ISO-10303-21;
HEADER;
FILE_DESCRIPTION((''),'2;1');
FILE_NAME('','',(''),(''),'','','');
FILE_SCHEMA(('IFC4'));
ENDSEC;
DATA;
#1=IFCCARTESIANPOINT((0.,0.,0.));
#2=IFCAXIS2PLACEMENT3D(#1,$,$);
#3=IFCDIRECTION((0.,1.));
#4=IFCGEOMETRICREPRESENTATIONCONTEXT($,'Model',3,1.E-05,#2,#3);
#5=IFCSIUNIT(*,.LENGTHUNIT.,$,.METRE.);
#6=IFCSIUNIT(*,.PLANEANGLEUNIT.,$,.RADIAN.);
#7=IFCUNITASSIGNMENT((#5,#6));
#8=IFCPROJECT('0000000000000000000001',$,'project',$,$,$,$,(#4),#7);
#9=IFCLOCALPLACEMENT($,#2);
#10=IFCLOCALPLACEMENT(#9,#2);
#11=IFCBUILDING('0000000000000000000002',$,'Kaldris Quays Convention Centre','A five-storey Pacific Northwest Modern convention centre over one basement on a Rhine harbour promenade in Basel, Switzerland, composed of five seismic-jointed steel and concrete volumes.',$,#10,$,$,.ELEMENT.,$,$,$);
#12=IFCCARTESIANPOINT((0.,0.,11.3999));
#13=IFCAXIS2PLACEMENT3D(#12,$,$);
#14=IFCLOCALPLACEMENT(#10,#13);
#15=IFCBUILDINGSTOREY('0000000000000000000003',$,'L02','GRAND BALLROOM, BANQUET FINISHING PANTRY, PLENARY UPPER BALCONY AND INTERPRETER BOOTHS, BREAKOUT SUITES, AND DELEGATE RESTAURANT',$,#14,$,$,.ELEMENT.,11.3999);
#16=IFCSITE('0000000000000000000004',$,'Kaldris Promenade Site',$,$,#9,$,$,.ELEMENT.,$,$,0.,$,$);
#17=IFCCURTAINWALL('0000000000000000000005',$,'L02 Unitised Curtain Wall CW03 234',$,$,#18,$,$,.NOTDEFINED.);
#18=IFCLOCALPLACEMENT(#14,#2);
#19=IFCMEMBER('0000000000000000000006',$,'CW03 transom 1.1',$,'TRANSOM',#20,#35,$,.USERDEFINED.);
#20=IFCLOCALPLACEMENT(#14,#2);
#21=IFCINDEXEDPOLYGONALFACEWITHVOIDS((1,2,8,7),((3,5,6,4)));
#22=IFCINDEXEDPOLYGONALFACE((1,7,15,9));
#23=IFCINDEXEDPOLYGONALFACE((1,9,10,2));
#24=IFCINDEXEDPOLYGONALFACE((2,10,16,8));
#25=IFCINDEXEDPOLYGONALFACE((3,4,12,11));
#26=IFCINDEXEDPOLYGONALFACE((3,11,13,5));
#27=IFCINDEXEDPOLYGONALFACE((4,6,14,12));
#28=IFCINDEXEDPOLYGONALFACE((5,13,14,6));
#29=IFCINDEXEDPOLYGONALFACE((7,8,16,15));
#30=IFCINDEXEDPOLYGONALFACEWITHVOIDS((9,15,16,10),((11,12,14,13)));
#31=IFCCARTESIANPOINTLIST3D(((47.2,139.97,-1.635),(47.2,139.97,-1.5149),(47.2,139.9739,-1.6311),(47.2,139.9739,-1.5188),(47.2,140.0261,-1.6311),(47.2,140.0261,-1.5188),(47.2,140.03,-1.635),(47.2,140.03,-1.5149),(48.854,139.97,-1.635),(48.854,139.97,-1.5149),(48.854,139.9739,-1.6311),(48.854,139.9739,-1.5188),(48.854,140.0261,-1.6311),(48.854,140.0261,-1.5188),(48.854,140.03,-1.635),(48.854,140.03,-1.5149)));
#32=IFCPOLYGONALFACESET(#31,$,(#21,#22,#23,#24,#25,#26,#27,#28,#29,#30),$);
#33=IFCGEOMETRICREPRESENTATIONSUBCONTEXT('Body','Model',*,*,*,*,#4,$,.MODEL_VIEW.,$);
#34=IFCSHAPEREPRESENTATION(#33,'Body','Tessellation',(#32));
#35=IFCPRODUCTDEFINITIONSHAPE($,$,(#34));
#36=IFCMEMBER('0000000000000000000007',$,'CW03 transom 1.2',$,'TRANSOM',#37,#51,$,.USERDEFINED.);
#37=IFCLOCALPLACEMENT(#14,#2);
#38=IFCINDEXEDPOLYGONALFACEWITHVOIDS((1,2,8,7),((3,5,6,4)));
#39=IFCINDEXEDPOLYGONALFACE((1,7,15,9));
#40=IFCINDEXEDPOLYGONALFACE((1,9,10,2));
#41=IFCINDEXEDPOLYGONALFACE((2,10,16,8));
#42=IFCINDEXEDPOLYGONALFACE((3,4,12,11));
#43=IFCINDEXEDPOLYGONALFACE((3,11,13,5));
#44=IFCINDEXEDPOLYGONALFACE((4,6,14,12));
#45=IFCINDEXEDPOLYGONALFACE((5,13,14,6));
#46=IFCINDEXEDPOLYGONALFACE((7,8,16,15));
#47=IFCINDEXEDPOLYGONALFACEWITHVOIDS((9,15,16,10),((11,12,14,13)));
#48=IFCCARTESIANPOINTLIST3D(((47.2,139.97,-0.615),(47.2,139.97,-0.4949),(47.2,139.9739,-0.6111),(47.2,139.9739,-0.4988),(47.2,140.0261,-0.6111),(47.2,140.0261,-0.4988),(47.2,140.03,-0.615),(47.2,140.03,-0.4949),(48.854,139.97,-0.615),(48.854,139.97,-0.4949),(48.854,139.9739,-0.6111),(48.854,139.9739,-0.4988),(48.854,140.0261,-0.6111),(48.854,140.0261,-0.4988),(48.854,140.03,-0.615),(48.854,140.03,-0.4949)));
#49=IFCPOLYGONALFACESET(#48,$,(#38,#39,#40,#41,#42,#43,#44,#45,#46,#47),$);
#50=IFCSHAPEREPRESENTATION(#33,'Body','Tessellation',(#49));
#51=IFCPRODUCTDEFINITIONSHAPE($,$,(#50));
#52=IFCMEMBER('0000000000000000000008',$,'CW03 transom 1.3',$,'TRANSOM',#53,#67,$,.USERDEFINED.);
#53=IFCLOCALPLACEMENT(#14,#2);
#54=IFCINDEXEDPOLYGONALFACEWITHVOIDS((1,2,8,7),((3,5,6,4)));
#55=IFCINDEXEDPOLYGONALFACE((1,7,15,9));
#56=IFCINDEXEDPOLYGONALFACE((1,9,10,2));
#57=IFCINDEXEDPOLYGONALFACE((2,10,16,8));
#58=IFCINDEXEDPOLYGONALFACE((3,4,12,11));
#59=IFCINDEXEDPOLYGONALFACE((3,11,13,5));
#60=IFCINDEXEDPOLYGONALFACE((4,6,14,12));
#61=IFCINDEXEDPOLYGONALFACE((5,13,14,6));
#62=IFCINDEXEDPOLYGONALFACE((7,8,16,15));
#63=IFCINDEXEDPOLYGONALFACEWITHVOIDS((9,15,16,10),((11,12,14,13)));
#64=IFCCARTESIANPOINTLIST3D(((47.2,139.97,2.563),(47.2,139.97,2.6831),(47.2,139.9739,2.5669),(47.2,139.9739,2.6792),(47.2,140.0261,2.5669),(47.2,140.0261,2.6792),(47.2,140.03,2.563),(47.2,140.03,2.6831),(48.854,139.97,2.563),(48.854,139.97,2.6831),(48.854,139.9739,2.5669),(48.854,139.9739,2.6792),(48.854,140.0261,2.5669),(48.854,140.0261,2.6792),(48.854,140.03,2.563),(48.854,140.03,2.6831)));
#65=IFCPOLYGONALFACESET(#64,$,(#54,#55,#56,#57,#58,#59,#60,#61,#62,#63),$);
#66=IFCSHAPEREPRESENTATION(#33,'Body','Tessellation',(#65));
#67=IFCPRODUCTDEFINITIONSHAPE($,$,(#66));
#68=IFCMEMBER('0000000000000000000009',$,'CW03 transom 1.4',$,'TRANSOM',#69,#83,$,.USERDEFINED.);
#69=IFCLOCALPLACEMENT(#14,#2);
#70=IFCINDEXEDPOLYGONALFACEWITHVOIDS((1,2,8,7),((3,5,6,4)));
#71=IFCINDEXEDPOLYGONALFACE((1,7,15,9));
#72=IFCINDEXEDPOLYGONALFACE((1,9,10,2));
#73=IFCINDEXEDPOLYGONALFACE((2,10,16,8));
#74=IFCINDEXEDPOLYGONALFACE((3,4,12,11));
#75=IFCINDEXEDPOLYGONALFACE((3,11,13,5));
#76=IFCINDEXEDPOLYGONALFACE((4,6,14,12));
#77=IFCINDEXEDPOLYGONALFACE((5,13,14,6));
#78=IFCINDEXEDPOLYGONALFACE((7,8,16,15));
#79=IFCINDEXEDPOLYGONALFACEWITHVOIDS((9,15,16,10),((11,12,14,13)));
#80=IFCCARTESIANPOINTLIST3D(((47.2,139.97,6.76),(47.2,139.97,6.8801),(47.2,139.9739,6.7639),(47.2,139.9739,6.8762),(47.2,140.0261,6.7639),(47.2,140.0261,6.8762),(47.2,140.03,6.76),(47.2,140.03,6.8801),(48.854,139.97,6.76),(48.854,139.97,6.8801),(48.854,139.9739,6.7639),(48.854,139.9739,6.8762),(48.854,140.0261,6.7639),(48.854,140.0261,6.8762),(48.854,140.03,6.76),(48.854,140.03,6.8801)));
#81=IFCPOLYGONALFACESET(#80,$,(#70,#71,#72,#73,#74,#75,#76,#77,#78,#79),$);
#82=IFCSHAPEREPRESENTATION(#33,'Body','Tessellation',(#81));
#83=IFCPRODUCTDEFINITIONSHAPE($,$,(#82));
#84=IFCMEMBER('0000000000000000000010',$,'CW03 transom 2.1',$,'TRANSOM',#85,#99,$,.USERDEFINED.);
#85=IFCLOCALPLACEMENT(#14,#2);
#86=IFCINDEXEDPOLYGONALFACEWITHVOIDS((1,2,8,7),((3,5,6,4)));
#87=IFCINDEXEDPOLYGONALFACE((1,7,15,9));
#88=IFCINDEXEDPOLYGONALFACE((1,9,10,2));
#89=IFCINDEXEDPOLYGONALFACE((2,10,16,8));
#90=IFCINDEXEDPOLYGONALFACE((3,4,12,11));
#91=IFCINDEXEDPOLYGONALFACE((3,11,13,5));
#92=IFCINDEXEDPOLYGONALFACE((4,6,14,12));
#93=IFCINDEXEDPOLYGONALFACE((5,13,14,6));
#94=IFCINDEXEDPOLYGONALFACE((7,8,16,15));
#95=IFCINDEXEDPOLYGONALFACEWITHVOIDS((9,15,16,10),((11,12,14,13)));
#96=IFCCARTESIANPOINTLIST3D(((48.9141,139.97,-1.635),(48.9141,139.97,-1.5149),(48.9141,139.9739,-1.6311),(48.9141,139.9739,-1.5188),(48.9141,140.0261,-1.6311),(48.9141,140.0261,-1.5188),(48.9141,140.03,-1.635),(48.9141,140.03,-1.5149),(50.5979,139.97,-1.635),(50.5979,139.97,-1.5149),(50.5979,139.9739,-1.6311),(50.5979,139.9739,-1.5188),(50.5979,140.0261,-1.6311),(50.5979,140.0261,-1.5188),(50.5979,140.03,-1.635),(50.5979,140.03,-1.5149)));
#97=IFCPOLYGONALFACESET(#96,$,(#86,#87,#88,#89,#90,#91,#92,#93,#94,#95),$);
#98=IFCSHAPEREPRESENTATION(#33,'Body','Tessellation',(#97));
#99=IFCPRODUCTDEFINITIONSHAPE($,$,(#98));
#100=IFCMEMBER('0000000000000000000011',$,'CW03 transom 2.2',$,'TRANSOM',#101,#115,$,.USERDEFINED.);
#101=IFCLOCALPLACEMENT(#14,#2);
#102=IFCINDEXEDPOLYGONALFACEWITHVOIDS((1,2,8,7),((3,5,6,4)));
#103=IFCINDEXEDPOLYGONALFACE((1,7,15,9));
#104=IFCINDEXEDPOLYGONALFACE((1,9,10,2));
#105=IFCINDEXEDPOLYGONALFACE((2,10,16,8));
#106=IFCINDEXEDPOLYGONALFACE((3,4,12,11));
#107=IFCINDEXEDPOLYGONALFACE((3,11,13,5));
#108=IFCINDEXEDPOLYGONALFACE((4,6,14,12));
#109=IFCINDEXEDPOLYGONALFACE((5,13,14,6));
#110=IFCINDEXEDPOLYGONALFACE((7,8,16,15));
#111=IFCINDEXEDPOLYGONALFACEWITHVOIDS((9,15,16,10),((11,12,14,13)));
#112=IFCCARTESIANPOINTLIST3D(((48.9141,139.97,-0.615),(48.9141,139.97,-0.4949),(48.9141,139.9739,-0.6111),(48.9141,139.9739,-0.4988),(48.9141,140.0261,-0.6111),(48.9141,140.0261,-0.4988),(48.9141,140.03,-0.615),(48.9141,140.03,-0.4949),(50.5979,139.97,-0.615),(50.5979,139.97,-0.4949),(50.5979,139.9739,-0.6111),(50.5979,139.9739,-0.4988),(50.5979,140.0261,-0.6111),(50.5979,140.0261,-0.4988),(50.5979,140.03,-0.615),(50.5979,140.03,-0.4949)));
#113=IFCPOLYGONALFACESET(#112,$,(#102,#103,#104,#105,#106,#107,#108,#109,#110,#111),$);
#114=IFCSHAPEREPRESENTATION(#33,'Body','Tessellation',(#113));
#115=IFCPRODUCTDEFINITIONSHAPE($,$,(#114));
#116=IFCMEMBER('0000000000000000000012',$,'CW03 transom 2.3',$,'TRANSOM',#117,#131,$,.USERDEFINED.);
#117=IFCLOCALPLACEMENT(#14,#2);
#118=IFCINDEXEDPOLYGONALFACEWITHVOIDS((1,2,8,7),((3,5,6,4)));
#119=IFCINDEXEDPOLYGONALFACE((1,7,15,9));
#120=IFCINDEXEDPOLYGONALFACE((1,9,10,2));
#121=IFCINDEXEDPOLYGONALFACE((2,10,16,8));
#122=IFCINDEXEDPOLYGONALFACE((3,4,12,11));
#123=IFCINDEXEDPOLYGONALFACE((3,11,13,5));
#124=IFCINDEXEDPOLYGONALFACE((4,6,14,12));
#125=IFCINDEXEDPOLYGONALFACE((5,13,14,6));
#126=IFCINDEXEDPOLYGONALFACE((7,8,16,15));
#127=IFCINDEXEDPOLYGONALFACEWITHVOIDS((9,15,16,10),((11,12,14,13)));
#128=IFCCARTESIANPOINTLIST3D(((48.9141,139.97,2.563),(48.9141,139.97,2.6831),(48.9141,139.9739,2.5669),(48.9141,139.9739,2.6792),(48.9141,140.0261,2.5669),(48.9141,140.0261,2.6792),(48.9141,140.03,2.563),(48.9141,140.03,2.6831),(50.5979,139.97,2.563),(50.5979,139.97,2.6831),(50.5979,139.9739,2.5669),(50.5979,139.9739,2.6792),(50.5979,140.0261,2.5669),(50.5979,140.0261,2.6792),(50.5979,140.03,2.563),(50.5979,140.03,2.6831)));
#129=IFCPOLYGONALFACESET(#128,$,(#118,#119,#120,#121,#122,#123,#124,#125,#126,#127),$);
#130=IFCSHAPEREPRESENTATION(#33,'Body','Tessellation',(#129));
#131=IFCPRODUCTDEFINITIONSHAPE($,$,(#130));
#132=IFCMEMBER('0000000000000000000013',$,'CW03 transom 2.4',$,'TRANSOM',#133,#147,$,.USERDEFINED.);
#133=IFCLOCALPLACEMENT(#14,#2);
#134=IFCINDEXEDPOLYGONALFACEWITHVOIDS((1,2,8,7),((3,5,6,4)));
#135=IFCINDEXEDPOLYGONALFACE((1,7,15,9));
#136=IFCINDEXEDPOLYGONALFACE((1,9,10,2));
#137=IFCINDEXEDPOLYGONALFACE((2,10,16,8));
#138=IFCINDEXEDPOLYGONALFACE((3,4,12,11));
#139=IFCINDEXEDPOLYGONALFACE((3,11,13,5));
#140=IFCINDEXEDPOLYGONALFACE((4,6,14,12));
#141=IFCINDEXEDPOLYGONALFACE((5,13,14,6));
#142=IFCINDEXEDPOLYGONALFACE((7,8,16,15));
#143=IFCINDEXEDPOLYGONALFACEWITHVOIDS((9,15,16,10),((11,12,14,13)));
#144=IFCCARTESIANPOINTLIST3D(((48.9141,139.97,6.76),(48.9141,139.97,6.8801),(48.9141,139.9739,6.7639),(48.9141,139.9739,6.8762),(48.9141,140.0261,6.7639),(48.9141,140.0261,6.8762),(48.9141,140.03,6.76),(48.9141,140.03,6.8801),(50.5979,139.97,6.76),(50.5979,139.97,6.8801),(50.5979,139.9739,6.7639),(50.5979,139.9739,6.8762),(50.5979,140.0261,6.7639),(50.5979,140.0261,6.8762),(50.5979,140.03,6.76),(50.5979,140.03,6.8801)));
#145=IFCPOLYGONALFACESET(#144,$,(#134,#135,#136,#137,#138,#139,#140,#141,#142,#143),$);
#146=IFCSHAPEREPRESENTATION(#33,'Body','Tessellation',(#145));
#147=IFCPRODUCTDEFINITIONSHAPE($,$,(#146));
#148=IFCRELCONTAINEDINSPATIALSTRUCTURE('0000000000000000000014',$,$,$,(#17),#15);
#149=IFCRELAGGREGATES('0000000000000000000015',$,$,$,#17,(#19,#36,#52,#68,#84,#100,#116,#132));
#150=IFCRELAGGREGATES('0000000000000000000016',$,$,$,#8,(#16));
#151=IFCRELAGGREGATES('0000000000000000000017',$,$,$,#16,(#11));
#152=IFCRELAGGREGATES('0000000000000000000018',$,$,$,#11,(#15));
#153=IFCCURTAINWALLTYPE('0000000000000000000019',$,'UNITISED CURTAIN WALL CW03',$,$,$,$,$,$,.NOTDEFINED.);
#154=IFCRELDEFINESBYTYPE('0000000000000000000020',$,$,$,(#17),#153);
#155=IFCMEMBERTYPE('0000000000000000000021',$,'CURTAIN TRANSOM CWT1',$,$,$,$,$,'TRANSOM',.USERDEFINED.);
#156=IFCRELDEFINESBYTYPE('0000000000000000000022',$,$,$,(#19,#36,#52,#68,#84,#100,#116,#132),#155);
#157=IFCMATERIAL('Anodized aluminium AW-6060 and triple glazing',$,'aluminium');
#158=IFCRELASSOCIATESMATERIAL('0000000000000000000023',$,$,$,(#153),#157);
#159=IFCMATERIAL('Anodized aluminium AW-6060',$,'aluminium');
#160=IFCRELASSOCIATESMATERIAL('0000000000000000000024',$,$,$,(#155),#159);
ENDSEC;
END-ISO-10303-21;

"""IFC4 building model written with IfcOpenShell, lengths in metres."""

from ifc_helpers import new_model, si_unit, direction, frame, origin, origin_2d, place, context, subcontext, project, spatial, hollow_rectangle, extrude, material, material_profile, profile_set, type_object, element, aggregate, save


model = new_model("IFC4")

# Units and contexts
model_context = context("Model", 3, precision=1e-05, world=origin(), true_north=direction((0.0, 1.0)))
body_context = subcontext(model_context, "Body", "Model", "MODEL_VIEW")
ifc_project = project(units=[si_unit("LENGTHUNIT", "METRE"), si_unit("PLANEANGLEUNIT", "RADIAN")], contexts=[model_context])

# Site, building, storey
site_placement = place(None, origin())
site = spatial("IfcSite", under=ifc_project, at=site_placement, Name="Kaldris Promenade Site", CompositionType="ELEMENT", RefElevation=0.0)
building_placement = place(site_placement, origin())
building = spatial("IfcBuilding", under=site, at=building_placement, Name="Kaldris Quays Convention Centre", Description="A five-storey Pacific Northwest Modern convention centre over one basement on a Rhine harbour promenade in Basel, Switzerland, composed of five seismic-jointed steel and concrete volumes.", CompositionType="ELEMENT")
storey_placement = place(building_placement, frame((0.0, 0.0, 11.3999)))
storey = spatial("IfcBuildingStorey", under=building, at=storey_placement, Name="L02", Description="GRAND BALLROOM, BANQUET FINISHING PANTRY, PLENARY UPPER BALCONY AND INTERPRETER BOOTHS, BREAKOUT SUITES, AND DELEGATE RESTAURANT", CompositionType="ELEMENT", Elevation=11.3999)

# Curtain wall
ifc_material_1 = material(Name="Anodized aluminium AW-6060 and triple glazing", Category="aluminium")
curtain_wall_type = type_object("IfcCurtainWallType", Name="UNITISED CURTAIN WALL CW03", PredefinedType="NOTDEFINED", material=ifc_material_1)
ifc_material_2 = material(Name="Anodized aluminium AW-6060", Category="aluminium")
curtain_wall_1_placement = place(storey_placement, origin())
curtain_wall_1 = element("IfcCurtainWall", 1, at=curtain_wall_1_placement, inside=storey, type_object=curtain_wall_type, Name="L02 Unitised Curtain Wall CW03 234", PredefinedType="NOTDEFINED")

# Members
ifc_material_profile_1 = material_profile(ifc_material_2, hollow_rectangle(XDim=0.0601, YDim=0.1201, WallThickness=0.0039, at=origin_2d()), Name="RHS 120x60x4")
ifc_profile_set_1 = profile_set([ifc_material_profile_1], Name="Anodized aluminium AW-6060")
member_type_1 = type_object("IfcMemberType", Name="CURTAIN TRANSOM CWT1", ElementType="TRANSOM", PredefinedType="USERDEFINED", material=ifc_profile_set_1)
member_1_placement = place(storey_placement, frame((47.2, 140.0, -1.575), z_axis=(1.0, 0.0, 0.0), x_axis=(0.0, 1.0, 0.0)))
member_1 = element("IfcMember", 2, at=member_1_placement, type_object=member_type_1, Name="CW03 transom 1.1", ObjectType="TRANSOM", PredefinedType="USERDEFINED", context=body_context, shape_type="SweptSolid", body=[
    extrude(hollow_rectangle(XDim=0.0601, YDim=0.1201, WallThickness=0.0039, at=origin_2d()), origin(), (0.0, 0.0, 1.0), 1.6541),
])
member_2_placement = place(storey_placement, frame((47.2, 140.0, -0.5549), z_axis=(1.0, 0.0, 0.0), x_axis=(0.0, 1.0, 0.0)))
member_2 = element("IfcMember", 3, at=member_2_placement, type_object=member_type_1, Name="CW03 transom 1.2", ObjectType="TRANSOM", PredefinedType="USERDEFINED", context=body_context, shape_type="SweptSolid", body=[
    extrude(hollow_rectangle(XDim=0.0601, YDim=0.1201, WallThickness=0.0039, at=origin_2d()), origin(), (0.0, 0.0, 1.0), 1.6541),
])
member_3_placement = place(storey_placement, frame((47.2, 140.0, 2.623), z_axis=(1.0, 0.0, 0.0), x_axis=(0.0, 1.0, 0.0)))
member_3 = element("IfcMember", 4, at=member_3_placement, type_object=member_type_1, Name="CW03 transom 1.3", ObjectType="TRANSOM", PredefinedType="USERDEFINED", context=body_context, shape_type="SweptSolid", body=[
    extrude(hollow_rectangle(XDim=0.0601, YDim=0.1201, WallThickness=0.0039, at=origin_2d()), origin(), (0.0, 0.0, 1.0), 1.6541),
])
member_4_placement = place(storey_placement, frame((47.2, 140.0, 6.8201), z_axis=(1.0, 0.0, 0.0), x_axis=(0.0, 1.0, 0.0)))
member_4 = element("IfcMember", 5, at=member_4_placement, type_object=member_type_1, Name="CW03 transom 1.4", ObjectType="TRANSOM", PredefinedType="USERDEFINED", context=body_context, shape_type="SweptSolid", body=[
    extrude(hollow_rectangle(XDim=0.0601, YDim=0.1201, WallThickness=0.0039, at=origin_2d()), origin(), (0.0, 0.0, 1.0), 1.6541),
])
member_5_placement = place(storey_placement, frame((48.9141, 140.0, -1.575), z_axis=(1.0, 0.0, 0.0), x_axis=(0.0, 1.0, 0.0)))
member_5 = element("IfcMember", 6, at=member_5_placement, type_object=member_type_1, Name="CW03 transom 2.1", ObjectType="TRANSOM", PredefinedType="USERDEFINED", context=body_context, shape_type="SweptSolid", body=[
    extrude(hollow_rectangle(XDim=0.0601, YDim=0.1201, WallThickness=0.0039, at=origin_2d()), origin(), (0.0, 0.0, 1.0), 1.6838),
])
member_6_placement = place(storey_placement, frame((48.9141, 140.0, -0.5549), z_axis=(1.0, 0.0, 0.0), x_axis=(0.0, 1.0, 0.0)))
member_6 = element("IfcMember", 7, at=member_6_placement, type_object=member_type_1, Name="CW03 transom 2.2", ObjectType="TRANSOM", PredefinedType="USERDEFINED", context=body_context, shape_type="SweptSolid", body=[
    extrude(hollow_rectangle(XDim=0.0601, YDim=0.1201, WallThickness=0.0039, at=origin_2d()), origin(), (0.0, 0.0, 1.0), 1.6838),
])
member_7_placement = place(storey_placement, frame((48.9141, 140.0, 2.623), z_axis=(1.0, 0.0, 0.0), x_axis=(0.0, 1.0, 0.0)))
member_7 = element("IfcMember", 8, at=member_7_placement, type_object=member_type_1, Name="CW03 transom 2.3", ObjectType="TRANSOM", PredefinedType="USERDEFINED", context=body_context, shape_type="SweptSolid", body=[
    extrude(hollow_rectangle(XDim=0.0601, YDim=0.1201, WallThickness=0.0039, at=origin_2d()), origin(), (0.0, 0.0, 1.0), 1.6838),
])
member_8_placement = place(storey_placement, frame((48.9141, 140.0, 6.8201), z_axis=(1.0, 0.0, 0.0), x_axis=(0.0, 1.0, 0.0)))
member_8 = element("IfcMember", 9, at=member_8_placement, type_object=member_type_1, Name="CW03 transom 2.4", ObjectType="TRANSOM", PredefinedType="USERDEFINED", context=body_context, shape_type="SweptSolid", body=[
    extrude(hollow_rectangle(XDim=0.0601, YDim=0.1201, WallThickness=0.0039, at=origin_2d()), origin(), (0.0, 0.0, 1.0), 1.6838),
])

aggregate(curtain_wall_1, [member_1, member_2, member_3, member_4, member_5, member_6, member_7, member_8])

save(model, "model.ifc")
